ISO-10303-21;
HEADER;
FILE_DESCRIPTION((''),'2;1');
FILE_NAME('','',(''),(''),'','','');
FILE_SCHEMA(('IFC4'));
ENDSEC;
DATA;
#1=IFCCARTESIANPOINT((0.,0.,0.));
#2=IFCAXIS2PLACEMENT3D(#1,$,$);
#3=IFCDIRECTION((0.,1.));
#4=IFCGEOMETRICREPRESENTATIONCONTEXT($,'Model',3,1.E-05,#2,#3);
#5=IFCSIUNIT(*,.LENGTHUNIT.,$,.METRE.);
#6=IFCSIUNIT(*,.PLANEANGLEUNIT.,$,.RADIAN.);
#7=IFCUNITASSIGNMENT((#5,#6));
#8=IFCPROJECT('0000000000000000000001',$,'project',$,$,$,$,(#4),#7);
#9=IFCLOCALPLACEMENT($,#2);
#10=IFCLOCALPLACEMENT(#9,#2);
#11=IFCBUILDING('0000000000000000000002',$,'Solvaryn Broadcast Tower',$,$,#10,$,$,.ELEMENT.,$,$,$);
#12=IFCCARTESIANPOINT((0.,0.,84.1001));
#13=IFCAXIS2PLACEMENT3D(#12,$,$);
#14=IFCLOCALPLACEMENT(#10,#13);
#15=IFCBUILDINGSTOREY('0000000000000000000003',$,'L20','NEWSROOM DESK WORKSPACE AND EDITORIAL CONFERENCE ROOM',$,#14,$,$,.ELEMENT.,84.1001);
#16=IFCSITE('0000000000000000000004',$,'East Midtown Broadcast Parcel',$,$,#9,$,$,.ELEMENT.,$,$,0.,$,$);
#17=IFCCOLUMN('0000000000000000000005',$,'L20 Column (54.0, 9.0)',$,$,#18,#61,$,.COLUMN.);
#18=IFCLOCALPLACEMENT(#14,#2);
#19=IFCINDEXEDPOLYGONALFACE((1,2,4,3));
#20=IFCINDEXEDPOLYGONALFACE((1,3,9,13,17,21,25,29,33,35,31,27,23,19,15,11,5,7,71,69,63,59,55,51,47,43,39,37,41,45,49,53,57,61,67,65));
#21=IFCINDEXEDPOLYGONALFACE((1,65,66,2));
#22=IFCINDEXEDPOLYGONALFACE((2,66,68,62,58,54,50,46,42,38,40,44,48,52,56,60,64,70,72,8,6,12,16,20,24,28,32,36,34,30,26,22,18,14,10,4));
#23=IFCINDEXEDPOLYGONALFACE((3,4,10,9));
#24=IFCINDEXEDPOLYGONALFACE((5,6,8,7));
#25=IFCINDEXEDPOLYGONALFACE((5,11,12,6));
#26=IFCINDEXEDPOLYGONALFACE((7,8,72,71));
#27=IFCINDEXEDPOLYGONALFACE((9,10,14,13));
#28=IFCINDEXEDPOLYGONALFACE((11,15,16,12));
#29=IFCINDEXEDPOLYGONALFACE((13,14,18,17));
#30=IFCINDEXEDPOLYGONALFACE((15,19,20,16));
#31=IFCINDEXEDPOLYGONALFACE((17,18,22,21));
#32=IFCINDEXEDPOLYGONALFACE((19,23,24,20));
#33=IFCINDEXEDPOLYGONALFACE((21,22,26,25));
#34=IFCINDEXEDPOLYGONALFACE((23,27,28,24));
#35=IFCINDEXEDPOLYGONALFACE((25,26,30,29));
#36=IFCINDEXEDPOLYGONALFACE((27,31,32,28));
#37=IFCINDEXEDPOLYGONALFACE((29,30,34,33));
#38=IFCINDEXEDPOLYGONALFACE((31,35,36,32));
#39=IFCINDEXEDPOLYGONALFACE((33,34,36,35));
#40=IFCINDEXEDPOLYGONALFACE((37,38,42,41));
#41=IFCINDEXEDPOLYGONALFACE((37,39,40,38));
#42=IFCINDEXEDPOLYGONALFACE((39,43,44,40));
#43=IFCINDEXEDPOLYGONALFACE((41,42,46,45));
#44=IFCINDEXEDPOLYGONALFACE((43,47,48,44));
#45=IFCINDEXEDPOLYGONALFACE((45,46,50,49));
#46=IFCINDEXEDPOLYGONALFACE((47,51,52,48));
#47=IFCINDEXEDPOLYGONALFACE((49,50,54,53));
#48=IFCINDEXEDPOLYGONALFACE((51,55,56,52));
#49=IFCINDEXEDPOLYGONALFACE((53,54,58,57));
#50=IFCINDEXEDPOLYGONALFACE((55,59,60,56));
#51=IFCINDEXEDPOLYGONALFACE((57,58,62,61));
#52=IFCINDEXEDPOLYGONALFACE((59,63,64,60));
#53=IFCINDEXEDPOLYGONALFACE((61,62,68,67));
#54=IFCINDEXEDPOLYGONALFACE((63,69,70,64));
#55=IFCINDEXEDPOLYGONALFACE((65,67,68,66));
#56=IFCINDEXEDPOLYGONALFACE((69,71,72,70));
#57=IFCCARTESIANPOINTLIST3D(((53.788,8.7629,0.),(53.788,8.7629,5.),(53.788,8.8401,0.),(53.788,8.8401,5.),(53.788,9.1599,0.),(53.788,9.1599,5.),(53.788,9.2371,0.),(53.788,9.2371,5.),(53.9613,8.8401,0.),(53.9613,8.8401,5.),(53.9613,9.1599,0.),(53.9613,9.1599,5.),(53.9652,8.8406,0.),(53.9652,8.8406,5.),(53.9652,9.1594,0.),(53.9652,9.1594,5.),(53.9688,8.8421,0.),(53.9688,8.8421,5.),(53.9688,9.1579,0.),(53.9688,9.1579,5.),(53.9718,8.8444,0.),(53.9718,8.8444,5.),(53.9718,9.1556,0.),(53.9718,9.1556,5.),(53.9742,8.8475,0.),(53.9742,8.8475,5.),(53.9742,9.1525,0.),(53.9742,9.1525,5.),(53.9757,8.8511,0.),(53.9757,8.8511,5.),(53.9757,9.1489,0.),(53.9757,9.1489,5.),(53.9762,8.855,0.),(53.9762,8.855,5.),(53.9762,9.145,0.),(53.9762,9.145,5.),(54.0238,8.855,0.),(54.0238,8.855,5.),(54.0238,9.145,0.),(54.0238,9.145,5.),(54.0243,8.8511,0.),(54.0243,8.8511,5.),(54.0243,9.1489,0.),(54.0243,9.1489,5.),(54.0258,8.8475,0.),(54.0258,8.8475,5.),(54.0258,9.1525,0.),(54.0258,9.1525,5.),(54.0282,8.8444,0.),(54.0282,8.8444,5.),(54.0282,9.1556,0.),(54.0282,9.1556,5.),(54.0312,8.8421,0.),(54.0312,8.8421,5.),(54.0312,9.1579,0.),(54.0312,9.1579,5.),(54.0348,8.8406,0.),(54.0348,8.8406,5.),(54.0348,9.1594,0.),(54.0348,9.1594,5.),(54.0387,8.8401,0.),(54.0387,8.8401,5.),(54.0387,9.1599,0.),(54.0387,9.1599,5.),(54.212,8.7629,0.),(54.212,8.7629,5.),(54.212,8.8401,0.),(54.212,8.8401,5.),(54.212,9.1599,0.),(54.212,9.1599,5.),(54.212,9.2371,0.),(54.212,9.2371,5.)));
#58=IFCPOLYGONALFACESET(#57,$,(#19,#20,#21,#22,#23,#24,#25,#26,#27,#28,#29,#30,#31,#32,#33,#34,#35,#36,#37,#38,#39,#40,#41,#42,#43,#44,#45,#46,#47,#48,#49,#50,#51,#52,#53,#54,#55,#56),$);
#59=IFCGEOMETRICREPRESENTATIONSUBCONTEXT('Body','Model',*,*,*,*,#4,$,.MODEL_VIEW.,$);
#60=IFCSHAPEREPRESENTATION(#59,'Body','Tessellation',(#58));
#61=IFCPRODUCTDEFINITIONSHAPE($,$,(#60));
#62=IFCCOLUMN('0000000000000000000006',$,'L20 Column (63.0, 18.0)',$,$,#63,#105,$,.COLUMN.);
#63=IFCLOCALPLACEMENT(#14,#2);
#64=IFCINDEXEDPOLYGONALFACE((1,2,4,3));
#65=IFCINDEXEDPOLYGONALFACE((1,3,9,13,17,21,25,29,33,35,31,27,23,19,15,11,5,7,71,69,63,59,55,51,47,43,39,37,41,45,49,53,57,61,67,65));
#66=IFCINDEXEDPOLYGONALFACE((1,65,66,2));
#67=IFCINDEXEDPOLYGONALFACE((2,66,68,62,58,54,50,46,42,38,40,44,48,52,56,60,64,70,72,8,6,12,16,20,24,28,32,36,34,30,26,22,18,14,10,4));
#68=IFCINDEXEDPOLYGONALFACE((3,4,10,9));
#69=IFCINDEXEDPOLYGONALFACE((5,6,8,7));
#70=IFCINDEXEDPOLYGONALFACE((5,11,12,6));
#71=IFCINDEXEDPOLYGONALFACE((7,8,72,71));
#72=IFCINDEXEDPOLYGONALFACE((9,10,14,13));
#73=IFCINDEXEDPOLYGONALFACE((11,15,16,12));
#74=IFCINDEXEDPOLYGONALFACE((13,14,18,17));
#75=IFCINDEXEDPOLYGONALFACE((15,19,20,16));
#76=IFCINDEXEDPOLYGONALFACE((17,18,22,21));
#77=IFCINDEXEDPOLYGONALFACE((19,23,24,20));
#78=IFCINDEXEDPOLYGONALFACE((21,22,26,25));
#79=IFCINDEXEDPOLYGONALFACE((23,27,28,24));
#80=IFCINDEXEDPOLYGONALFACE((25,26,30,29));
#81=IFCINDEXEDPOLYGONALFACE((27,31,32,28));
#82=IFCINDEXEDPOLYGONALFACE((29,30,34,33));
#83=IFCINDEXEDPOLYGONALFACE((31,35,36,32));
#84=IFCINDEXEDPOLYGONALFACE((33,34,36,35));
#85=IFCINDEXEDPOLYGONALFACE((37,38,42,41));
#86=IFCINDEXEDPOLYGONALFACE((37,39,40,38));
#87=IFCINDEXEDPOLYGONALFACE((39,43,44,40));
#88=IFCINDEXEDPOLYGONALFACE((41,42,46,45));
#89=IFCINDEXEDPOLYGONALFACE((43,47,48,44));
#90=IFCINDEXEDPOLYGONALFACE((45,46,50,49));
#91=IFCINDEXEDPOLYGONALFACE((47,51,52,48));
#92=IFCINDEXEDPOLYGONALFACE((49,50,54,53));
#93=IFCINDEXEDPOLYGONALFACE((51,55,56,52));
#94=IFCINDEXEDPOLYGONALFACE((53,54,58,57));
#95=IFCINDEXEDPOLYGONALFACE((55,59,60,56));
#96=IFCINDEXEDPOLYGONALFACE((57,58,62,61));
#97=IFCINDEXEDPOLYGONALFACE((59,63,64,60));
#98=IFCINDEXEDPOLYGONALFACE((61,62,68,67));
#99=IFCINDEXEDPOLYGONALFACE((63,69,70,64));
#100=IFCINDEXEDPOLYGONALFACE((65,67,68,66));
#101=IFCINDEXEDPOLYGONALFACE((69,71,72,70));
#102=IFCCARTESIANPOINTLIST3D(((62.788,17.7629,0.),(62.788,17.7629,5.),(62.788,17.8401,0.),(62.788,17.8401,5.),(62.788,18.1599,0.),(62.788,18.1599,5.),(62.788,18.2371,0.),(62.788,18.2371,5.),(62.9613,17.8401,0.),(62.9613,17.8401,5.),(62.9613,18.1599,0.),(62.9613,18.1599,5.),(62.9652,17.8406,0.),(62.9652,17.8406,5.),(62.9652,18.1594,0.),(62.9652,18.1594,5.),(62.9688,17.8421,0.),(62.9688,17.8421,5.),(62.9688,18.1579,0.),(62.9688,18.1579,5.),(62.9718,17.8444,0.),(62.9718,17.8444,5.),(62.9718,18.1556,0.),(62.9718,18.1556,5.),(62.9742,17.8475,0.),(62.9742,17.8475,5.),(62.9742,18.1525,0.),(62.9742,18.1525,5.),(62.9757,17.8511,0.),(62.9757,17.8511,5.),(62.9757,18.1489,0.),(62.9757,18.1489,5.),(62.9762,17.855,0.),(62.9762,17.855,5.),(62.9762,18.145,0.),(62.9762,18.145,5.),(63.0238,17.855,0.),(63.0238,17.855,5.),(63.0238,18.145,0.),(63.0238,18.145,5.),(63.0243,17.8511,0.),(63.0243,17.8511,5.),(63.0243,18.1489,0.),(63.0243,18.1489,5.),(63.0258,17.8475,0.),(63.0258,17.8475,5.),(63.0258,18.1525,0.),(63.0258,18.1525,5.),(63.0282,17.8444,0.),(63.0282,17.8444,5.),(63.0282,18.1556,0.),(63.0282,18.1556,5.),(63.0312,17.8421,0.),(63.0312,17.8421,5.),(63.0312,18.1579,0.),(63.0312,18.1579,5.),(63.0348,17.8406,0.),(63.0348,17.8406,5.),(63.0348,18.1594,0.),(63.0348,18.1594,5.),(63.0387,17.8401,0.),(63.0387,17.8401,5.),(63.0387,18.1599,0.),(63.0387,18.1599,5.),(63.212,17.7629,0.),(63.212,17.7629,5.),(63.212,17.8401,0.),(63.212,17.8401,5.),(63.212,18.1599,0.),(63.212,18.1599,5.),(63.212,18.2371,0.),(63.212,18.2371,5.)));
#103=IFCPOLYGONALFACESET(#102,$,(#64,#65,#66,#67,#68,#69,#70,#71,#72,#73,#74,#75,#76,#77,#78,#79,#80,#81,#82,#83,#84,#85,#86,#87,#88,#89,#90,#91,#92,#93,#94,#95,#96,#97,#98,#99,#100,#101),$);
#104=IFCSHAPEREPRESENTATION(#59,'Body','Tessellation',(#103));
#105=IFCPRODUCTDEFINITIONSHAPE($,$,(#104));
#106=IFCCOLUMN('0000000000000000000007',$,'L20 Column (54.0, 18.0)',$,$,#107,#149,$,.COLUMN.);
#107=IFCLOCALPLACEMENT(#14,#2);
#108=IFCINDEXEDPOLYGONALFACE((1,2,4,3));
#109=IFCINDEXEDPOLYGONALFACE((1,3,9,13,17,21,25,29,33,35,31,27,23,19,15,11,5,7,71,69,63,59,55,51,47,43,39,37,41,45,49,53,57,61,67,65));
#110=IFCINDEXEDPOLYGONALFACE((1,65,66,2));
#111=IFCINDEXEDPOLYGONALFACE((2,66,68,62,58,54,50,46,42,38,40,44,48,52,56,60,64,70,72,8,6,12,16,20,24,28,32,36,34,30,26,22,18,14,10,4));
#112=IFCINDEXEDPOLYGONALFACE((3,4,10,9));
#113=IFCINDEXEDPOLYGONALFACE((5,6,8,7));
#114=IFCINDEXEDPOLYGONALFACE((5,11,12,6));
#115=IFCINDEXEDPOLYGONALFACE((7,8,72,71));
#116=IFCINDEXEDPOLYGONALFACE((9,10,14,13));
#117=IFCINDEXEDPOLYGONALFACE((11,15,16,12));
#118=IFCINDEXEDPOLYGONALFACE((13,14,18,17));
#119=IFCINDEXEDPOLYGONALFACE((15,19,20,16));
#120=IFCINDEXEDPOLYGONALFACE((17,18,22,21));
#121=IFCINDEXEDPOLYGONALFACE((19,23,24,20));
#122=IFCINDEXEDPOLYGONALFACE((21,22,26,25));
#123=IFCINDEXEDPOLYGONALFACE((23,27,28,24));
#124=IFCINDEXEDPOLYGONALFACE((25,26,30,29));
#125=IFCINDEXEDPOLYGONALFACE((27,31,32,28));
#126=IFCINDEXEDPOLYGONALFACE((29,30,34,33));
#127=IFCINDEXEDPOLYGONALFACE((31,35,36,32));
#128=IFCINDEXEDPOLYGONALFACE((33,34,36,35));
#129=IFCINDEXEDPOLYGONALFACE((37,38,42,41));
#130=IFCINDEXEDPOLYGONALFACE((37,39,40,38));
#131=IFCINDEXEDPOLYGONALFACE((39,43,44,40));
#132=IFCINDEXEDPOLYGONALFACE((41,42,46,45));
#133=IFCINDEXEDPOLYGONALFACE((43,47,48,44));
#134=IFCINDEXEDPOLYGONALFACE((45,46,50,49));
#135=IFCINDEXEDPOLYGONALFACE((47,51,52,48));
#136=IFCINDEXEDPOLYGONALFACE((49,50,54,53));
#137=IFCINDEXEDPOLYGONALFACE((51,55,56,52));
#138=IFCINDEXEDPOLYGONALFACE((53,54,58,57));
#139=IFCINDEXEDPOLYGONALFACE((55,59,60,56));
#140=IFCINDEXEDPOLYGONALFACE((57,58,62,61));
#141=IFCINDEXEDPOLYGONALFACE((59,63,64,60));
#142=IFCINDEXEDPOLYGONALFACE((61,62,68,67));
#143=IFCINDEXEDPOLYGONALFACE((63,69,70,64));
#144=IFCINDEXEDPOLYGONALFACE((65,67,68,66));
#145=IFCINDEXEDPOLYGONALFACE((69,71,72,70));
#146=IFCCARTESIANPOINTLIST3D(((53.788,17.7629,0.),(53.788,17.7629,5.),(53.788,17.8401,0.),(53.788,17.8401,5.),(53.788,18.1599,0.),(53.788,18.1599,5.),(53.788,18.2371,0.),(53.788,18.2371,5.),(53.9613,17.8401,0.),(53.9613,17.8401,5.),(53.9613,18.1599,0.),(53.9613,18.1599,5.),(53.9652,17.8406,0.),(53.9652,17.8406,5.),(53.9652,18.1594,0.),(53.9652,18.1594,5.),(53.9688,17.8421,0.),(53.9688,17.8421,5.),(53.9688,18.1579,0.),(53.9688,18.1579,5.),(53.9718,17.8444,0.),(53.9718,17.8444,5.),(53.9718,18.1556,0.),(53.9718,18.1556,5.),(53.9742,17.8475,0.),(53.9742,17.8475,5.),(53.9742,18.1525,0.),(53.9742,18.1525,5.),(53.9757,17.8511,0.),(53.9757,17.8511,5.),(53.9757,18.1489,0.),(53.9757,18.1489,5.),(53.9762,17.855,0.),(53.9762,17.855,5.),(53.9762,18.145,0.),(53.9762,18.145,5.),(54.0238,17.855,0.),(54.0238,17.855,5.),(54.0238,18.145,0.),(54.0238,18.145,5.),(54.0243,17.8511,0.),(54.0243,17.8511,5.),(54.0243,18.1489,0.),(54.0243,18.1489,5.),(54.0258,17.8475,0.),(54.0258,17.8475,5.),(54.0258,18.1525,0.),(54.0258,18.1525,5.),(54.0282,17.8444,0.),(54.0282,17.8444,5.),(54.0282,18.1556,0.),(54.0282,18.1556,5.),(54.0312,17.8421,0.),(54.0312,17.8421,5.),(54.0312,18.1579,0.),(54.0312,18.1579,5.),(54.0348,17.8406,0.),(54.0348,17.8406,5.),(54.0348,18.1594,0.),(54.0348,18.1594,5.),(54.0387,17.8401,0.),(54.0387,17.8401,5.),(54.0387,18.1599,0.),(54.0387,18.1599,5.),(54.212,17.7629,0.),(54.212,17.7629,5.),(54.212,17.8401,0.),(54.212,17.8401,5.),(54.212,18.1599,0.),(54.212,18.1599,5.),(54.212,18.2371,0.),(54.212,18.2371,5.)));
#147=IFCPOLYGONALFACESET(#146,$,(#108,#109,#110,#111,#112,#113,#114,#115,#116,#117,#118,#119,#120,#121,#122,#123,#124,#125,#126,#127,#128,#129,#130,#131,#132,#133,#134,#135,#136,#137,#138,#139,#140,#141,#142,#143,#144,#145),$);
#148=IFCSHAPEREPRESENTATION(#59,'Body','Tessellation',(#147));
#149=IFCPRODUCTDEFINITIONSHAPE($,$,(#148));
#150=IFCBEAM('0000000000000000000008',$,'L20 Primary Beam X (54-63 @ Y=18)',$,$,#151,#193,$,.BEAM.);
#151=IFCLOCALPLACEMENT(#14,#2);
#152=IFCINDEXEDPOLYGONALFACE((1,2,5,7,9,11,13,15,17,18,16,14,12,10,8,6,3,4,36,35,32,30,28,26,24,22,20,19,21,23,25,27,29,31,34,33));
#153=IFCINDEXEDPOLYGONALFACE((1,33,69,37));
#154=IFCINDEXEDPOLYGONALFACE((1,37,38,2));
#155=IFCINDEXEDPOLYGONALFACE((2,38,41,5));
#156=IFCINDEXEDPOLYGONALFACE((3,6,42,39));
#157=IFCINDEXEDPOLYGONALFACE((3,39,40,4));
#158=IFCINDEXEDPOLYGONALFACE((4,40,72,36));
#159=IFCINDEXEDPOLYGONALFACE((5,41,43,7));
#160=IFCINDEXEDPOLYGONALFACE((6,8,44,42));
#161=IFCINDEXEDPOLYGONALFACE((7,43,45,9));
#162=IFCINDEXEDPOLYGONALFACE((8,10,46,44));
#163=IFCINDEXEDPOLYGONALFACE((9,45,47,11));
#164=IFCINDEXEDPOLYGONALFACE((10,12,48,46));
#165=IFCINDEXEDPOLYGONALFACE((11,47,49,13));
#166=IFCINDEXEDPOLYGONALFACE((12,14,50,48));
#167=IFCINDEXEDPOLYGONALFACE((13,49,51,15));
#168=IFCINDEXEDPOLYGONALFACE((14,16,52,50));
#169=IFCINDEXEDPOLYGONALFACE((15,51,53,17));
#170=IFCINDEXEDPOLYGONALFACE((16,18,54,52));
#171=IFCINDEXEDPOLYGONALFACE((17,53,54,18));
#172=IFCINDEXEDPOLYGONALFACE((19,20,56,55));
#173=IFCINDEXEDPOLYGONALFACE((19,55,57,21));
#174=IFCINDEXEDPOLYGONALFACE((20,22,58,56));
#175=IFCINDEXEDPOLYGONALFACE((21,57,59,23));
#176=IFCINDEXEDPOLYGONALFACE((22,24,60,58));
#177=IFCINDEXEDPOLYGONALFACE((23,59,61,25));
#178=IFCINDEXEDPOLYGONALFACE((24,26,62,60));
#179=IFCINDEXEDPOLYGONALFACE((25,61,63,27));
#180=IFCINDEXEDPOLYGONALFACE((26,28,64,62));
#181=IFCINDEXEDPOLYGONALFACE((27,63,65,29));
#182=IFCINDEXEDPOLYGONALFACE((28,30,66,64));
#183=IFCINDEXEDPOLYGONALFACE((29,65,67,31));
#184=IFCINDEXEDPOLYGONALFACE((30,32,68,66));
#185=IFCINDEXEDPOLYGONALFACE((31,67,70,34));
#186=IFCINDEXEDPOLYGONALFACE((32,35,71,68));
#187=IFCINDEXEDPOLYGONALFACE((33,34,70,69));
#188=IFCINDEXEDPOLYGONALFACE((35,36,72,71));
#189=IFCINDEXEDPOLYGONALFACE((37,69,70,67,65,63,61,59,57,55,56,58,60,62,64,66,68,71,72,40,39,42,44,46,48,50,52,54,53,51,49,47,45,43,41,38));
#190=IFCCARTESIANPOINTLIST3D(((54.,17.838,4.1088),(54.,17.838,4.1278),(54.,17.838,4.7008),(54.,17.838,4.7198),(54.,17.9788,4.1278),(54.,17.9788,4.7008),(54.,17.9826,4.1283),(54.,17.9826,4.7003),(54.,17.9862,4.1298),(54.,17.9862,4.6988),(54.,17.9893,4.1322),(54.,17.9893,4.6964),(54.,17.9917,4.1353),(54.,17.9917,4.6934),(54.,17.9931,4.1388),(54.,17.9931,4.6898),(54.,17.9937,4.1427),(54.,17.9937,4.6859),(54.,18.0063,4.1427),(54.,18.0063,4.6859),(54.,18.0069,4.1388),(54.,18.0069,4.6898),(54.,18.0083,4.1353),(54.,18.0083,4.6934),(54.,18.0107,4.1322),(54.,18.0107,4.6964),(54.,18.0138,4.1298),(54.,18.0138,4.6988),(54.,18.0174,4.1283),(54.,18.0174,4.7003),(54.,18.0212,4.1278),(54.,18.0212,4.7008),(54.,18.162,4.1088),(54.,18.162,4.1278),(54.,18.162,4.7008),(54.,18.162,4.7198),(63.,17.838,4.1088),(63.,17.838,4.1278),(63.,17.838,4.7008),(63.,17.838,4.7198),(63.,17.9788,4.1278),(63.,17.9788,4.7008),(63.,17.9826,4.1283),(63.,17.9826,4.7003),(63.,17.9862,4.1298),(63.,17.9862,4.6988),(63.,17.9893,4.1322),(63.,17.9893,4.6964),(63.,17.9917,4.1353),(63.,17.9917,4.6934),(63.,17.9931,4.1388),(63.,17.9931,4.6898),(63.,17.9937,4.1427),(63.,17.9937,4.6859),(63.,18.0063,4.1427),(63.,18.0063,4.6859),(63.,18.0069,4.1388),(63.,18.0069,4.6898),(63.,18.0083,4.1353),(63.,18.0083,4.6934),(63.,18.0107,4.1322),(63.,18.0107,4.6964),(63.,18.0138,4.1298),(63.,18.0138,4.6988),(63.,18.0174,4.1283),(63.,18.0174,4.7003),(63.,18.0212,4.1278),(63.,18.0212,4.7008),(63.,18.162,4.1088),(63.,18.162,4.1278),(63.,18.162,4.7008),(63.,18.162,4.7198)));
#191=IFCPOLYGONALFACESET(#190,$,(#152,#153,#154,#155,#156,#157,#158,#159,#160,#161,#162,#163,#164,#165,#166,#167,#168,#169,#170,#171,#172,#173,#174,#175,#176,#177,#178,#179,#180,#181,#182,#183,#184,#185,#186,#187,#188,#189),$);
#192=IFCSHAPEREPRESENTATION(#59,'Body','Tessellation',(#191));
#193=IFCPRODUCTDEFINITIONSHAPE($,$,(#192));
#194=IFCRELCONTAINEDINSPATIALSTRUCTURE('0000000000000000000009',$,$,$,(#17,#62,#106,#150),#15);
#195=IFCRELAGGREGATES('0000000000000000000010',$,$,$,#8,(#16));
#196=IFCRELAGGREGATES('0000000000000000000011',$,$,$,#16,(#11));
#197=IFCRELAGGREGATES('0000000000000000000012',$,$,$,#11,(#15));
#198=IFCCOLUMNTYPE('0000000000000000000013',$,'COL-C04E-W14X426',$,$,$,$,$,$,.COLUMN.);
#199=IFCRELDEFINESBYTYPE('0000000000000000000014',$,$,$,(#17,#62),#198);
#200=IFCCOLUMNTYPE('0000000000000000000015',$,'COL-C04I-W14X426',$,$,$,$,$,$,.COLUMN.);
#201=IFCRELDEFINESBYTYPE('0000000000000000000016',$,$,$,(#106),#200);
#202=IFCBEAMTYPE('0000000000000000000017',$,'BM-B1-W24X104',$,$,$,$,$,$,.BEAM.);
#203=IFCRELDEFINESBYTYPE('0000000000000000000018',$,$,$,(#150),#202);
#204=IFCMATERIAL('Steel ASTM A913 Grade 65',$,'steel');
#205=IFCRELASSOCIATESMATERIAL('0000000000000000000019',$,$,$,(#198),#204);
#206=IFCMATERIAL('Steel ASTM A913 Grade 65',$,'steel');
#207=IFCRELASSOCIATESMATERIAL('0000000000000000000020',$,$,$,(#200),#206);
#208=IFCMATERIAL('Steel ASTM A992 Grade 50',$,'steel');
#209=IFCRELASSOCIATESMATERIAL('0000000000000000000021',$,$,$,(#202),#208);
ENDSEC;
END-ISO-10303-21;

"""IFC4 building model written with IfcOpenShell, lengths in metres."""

from ifc_helpers import new_model, si_unit, direction, frame, origin, origin_2d, place, context, subcontext, project, spatial, i_section, extrude, material, material_profile, profile_set, type_object, element, save


model = new_model("IFC4")

# Units and contexts
model_context = context("Model", 3, precision=1e-05, world=origin(), true_north=direction((0.0, 1.0)))
body_context = subcontext(model_context, "Body", "Model", "MODEL_VIEW")
ifc_project = project(units=[si_unit("LENGTHUNIT", "METRE"), si_unit("PLANEANGLEUNIT", "RADIAN")], contexts=[model_context])

# Site, building, storey
site_placement = place(None, origin())
site = spatial("IfcSite", under=ifc_project, at=site_placement, Name="East Midtown Broadcast Parcel", CompositionType="ELEMENT", RefElevation=0.0)
building_placement = place(site_placement, origin())
building = spatial("IfcBuilding", under=site, at=building_placement, Name="Solvaryn Broadcast Tower", CompositionType="ELEMENT")
storey_placement = place(building_placement, frame((0.0, 0.0, 84.1001)))
storey = spatial("IfcBuildingStorey", under=building, at=storey_placement, Name="L20", Description="NEWSROOM DESK WORKSPACE AND EDITORIAL CONFERENCE ROOM", CompositionType="ELEMENT", Elevation=84.1001)

# Columns
ifc_material_1 = material(Name="Steel ASTM A913 Grade 65", Category="steel")
ifc_material_profile_1 = material_profile(ifc_material_1, i_section(OverallWidth=0.4241, OverallDepth=0.4741, WebThickness=0.0476, FlangeThickness=0.0771, FilletRadius=0.0149, at=origin_2d()))
ifc_profile_set_1 = profile_set([ifc_material_profile_1], Name="Steel ASTM A913 Grade 65")
column_type_1 = type_object("IfcColumnType", Name="COL-C04E-W14X426", PredefinedType="COLUMN", material=ifc_profile_set_1)
for number, where, z_axis, x_axis, name in (
    (1, (54.0, 9.0, 0.0), (0.0, 0.0, 1.0), (1.0, 0.0, 0.0), "L20 Column (54.0, 9.0)"),
    (2, (63.0, 18.0, 0.0), (0.0, 0.0, 1.0), (1.0, 0.0, 0.0), "L20 Column (63.0, 18.0)"),
):
    element("IfcColumn", number, at=place(storey_placement, frame(where, z_axis=z_axis, x_axis=x_axis)), inside=storey, type_object=column_type_1, Name=name, PredefinedType="COLUMN", context=body_context, shape_type="SweptSolid", body=[
        extrude(i_section(OverallWidth=0.4241, OverallDepth=0.4741, WebThickness=0.0476, FlangeThickness=0.0771, FilletRadius=0.0149, at=origin_2d()), origin(), (0.0, 0.0, 1.0), 5.0),
    ])
ifc_material_2 = material(Name="Steel ASTM A913 Grade 65", Category="steel")
ifc_material_profile_2 = material_profile(ifc_material_2, i_section(OverallWidth=0.4241, OverallDepth=0.4741, WebThickness=0.0476, FlangeThickness=0.0771, FilletRadius=0.0149, at=origin_2d()))
ifc_profile_set_2 = profile_set([ifc_material_profile_2], Name="Steel ASTM A913 Grade 65")
column_type_2 = type_object("IfcColumnType", Name="COL-C04I-W14X426", PredefinedType="COLUMN", material=ifc_profile_set_2)
column_placement = place(storey_placement, frame((54.0, 18.0, 0.0), z_axis=(0.0, 0.0, 1.0), x_axis=(1.0, 0.0, 0.0)))
element("IfcColumn", 3, at=column_placement, inside=storey, type_object=column_type_2, Name="L20 Column (54.0, 18.0)", PredefinedType="COLUMN", context=body_context, shape_type="SweptSolid", body=[
    extrude(i_section(OverallWidth=0.4241, OverallDepth=0.4741, WebThickness=0.0476, FlangeThickness=0.0771, FilletRadius=0.0149, at=origin_2d()), origin(), (0.0, 0.0, 1.0), 5.0),
])

# Beam
ifc_material_3 = material(Name="Steel ASTM A992 Grade 50", Category="steel")
ifc_material_profile_3 = material_profile(ifc_material_3, i_section(OverallWidth=0.324, OverallDepth=0.6111, WebThickness=0.0127, FlangeThickness=0.019, FilletRadius=0.0149, at=origin_2d()))
ifc_profile_set_3 = profile_set([ifc_material_profile_3], Name="Steel ASTM A992 Grade 50")
beam_type_1 = type_object("IfcBeamType", Name="BM-B1-W24X104", PredefinedType="BEAM", material=ifc_profile_set_3)
beam_placement = place(storey_placement, frame((54.0, 18.0, 4.4143), z_axis=(1.0, 0.0, 0.0), x_axis=(0.0, 1.0, 0.0)))
element("IfcBeam", 4, at=beam_placement, inside=storey, type_object=beam_type_1, Name="L20 Primary Beam X (54-63 @ Y=18)", PredefinedType="BEAM", context=body_context, shape_type="SweptSolid", body=[
    extrude(i_section(OverallWidth=0.324, OverallDepth=0.6111, WebThickness=0.0127, FlangeThickness=0.019, FilletRadius=0.0149, at=origin_2d()), origin(), (0.0, 0.0, 1.0), 9.0),
])

save(model, "model.ifc")
